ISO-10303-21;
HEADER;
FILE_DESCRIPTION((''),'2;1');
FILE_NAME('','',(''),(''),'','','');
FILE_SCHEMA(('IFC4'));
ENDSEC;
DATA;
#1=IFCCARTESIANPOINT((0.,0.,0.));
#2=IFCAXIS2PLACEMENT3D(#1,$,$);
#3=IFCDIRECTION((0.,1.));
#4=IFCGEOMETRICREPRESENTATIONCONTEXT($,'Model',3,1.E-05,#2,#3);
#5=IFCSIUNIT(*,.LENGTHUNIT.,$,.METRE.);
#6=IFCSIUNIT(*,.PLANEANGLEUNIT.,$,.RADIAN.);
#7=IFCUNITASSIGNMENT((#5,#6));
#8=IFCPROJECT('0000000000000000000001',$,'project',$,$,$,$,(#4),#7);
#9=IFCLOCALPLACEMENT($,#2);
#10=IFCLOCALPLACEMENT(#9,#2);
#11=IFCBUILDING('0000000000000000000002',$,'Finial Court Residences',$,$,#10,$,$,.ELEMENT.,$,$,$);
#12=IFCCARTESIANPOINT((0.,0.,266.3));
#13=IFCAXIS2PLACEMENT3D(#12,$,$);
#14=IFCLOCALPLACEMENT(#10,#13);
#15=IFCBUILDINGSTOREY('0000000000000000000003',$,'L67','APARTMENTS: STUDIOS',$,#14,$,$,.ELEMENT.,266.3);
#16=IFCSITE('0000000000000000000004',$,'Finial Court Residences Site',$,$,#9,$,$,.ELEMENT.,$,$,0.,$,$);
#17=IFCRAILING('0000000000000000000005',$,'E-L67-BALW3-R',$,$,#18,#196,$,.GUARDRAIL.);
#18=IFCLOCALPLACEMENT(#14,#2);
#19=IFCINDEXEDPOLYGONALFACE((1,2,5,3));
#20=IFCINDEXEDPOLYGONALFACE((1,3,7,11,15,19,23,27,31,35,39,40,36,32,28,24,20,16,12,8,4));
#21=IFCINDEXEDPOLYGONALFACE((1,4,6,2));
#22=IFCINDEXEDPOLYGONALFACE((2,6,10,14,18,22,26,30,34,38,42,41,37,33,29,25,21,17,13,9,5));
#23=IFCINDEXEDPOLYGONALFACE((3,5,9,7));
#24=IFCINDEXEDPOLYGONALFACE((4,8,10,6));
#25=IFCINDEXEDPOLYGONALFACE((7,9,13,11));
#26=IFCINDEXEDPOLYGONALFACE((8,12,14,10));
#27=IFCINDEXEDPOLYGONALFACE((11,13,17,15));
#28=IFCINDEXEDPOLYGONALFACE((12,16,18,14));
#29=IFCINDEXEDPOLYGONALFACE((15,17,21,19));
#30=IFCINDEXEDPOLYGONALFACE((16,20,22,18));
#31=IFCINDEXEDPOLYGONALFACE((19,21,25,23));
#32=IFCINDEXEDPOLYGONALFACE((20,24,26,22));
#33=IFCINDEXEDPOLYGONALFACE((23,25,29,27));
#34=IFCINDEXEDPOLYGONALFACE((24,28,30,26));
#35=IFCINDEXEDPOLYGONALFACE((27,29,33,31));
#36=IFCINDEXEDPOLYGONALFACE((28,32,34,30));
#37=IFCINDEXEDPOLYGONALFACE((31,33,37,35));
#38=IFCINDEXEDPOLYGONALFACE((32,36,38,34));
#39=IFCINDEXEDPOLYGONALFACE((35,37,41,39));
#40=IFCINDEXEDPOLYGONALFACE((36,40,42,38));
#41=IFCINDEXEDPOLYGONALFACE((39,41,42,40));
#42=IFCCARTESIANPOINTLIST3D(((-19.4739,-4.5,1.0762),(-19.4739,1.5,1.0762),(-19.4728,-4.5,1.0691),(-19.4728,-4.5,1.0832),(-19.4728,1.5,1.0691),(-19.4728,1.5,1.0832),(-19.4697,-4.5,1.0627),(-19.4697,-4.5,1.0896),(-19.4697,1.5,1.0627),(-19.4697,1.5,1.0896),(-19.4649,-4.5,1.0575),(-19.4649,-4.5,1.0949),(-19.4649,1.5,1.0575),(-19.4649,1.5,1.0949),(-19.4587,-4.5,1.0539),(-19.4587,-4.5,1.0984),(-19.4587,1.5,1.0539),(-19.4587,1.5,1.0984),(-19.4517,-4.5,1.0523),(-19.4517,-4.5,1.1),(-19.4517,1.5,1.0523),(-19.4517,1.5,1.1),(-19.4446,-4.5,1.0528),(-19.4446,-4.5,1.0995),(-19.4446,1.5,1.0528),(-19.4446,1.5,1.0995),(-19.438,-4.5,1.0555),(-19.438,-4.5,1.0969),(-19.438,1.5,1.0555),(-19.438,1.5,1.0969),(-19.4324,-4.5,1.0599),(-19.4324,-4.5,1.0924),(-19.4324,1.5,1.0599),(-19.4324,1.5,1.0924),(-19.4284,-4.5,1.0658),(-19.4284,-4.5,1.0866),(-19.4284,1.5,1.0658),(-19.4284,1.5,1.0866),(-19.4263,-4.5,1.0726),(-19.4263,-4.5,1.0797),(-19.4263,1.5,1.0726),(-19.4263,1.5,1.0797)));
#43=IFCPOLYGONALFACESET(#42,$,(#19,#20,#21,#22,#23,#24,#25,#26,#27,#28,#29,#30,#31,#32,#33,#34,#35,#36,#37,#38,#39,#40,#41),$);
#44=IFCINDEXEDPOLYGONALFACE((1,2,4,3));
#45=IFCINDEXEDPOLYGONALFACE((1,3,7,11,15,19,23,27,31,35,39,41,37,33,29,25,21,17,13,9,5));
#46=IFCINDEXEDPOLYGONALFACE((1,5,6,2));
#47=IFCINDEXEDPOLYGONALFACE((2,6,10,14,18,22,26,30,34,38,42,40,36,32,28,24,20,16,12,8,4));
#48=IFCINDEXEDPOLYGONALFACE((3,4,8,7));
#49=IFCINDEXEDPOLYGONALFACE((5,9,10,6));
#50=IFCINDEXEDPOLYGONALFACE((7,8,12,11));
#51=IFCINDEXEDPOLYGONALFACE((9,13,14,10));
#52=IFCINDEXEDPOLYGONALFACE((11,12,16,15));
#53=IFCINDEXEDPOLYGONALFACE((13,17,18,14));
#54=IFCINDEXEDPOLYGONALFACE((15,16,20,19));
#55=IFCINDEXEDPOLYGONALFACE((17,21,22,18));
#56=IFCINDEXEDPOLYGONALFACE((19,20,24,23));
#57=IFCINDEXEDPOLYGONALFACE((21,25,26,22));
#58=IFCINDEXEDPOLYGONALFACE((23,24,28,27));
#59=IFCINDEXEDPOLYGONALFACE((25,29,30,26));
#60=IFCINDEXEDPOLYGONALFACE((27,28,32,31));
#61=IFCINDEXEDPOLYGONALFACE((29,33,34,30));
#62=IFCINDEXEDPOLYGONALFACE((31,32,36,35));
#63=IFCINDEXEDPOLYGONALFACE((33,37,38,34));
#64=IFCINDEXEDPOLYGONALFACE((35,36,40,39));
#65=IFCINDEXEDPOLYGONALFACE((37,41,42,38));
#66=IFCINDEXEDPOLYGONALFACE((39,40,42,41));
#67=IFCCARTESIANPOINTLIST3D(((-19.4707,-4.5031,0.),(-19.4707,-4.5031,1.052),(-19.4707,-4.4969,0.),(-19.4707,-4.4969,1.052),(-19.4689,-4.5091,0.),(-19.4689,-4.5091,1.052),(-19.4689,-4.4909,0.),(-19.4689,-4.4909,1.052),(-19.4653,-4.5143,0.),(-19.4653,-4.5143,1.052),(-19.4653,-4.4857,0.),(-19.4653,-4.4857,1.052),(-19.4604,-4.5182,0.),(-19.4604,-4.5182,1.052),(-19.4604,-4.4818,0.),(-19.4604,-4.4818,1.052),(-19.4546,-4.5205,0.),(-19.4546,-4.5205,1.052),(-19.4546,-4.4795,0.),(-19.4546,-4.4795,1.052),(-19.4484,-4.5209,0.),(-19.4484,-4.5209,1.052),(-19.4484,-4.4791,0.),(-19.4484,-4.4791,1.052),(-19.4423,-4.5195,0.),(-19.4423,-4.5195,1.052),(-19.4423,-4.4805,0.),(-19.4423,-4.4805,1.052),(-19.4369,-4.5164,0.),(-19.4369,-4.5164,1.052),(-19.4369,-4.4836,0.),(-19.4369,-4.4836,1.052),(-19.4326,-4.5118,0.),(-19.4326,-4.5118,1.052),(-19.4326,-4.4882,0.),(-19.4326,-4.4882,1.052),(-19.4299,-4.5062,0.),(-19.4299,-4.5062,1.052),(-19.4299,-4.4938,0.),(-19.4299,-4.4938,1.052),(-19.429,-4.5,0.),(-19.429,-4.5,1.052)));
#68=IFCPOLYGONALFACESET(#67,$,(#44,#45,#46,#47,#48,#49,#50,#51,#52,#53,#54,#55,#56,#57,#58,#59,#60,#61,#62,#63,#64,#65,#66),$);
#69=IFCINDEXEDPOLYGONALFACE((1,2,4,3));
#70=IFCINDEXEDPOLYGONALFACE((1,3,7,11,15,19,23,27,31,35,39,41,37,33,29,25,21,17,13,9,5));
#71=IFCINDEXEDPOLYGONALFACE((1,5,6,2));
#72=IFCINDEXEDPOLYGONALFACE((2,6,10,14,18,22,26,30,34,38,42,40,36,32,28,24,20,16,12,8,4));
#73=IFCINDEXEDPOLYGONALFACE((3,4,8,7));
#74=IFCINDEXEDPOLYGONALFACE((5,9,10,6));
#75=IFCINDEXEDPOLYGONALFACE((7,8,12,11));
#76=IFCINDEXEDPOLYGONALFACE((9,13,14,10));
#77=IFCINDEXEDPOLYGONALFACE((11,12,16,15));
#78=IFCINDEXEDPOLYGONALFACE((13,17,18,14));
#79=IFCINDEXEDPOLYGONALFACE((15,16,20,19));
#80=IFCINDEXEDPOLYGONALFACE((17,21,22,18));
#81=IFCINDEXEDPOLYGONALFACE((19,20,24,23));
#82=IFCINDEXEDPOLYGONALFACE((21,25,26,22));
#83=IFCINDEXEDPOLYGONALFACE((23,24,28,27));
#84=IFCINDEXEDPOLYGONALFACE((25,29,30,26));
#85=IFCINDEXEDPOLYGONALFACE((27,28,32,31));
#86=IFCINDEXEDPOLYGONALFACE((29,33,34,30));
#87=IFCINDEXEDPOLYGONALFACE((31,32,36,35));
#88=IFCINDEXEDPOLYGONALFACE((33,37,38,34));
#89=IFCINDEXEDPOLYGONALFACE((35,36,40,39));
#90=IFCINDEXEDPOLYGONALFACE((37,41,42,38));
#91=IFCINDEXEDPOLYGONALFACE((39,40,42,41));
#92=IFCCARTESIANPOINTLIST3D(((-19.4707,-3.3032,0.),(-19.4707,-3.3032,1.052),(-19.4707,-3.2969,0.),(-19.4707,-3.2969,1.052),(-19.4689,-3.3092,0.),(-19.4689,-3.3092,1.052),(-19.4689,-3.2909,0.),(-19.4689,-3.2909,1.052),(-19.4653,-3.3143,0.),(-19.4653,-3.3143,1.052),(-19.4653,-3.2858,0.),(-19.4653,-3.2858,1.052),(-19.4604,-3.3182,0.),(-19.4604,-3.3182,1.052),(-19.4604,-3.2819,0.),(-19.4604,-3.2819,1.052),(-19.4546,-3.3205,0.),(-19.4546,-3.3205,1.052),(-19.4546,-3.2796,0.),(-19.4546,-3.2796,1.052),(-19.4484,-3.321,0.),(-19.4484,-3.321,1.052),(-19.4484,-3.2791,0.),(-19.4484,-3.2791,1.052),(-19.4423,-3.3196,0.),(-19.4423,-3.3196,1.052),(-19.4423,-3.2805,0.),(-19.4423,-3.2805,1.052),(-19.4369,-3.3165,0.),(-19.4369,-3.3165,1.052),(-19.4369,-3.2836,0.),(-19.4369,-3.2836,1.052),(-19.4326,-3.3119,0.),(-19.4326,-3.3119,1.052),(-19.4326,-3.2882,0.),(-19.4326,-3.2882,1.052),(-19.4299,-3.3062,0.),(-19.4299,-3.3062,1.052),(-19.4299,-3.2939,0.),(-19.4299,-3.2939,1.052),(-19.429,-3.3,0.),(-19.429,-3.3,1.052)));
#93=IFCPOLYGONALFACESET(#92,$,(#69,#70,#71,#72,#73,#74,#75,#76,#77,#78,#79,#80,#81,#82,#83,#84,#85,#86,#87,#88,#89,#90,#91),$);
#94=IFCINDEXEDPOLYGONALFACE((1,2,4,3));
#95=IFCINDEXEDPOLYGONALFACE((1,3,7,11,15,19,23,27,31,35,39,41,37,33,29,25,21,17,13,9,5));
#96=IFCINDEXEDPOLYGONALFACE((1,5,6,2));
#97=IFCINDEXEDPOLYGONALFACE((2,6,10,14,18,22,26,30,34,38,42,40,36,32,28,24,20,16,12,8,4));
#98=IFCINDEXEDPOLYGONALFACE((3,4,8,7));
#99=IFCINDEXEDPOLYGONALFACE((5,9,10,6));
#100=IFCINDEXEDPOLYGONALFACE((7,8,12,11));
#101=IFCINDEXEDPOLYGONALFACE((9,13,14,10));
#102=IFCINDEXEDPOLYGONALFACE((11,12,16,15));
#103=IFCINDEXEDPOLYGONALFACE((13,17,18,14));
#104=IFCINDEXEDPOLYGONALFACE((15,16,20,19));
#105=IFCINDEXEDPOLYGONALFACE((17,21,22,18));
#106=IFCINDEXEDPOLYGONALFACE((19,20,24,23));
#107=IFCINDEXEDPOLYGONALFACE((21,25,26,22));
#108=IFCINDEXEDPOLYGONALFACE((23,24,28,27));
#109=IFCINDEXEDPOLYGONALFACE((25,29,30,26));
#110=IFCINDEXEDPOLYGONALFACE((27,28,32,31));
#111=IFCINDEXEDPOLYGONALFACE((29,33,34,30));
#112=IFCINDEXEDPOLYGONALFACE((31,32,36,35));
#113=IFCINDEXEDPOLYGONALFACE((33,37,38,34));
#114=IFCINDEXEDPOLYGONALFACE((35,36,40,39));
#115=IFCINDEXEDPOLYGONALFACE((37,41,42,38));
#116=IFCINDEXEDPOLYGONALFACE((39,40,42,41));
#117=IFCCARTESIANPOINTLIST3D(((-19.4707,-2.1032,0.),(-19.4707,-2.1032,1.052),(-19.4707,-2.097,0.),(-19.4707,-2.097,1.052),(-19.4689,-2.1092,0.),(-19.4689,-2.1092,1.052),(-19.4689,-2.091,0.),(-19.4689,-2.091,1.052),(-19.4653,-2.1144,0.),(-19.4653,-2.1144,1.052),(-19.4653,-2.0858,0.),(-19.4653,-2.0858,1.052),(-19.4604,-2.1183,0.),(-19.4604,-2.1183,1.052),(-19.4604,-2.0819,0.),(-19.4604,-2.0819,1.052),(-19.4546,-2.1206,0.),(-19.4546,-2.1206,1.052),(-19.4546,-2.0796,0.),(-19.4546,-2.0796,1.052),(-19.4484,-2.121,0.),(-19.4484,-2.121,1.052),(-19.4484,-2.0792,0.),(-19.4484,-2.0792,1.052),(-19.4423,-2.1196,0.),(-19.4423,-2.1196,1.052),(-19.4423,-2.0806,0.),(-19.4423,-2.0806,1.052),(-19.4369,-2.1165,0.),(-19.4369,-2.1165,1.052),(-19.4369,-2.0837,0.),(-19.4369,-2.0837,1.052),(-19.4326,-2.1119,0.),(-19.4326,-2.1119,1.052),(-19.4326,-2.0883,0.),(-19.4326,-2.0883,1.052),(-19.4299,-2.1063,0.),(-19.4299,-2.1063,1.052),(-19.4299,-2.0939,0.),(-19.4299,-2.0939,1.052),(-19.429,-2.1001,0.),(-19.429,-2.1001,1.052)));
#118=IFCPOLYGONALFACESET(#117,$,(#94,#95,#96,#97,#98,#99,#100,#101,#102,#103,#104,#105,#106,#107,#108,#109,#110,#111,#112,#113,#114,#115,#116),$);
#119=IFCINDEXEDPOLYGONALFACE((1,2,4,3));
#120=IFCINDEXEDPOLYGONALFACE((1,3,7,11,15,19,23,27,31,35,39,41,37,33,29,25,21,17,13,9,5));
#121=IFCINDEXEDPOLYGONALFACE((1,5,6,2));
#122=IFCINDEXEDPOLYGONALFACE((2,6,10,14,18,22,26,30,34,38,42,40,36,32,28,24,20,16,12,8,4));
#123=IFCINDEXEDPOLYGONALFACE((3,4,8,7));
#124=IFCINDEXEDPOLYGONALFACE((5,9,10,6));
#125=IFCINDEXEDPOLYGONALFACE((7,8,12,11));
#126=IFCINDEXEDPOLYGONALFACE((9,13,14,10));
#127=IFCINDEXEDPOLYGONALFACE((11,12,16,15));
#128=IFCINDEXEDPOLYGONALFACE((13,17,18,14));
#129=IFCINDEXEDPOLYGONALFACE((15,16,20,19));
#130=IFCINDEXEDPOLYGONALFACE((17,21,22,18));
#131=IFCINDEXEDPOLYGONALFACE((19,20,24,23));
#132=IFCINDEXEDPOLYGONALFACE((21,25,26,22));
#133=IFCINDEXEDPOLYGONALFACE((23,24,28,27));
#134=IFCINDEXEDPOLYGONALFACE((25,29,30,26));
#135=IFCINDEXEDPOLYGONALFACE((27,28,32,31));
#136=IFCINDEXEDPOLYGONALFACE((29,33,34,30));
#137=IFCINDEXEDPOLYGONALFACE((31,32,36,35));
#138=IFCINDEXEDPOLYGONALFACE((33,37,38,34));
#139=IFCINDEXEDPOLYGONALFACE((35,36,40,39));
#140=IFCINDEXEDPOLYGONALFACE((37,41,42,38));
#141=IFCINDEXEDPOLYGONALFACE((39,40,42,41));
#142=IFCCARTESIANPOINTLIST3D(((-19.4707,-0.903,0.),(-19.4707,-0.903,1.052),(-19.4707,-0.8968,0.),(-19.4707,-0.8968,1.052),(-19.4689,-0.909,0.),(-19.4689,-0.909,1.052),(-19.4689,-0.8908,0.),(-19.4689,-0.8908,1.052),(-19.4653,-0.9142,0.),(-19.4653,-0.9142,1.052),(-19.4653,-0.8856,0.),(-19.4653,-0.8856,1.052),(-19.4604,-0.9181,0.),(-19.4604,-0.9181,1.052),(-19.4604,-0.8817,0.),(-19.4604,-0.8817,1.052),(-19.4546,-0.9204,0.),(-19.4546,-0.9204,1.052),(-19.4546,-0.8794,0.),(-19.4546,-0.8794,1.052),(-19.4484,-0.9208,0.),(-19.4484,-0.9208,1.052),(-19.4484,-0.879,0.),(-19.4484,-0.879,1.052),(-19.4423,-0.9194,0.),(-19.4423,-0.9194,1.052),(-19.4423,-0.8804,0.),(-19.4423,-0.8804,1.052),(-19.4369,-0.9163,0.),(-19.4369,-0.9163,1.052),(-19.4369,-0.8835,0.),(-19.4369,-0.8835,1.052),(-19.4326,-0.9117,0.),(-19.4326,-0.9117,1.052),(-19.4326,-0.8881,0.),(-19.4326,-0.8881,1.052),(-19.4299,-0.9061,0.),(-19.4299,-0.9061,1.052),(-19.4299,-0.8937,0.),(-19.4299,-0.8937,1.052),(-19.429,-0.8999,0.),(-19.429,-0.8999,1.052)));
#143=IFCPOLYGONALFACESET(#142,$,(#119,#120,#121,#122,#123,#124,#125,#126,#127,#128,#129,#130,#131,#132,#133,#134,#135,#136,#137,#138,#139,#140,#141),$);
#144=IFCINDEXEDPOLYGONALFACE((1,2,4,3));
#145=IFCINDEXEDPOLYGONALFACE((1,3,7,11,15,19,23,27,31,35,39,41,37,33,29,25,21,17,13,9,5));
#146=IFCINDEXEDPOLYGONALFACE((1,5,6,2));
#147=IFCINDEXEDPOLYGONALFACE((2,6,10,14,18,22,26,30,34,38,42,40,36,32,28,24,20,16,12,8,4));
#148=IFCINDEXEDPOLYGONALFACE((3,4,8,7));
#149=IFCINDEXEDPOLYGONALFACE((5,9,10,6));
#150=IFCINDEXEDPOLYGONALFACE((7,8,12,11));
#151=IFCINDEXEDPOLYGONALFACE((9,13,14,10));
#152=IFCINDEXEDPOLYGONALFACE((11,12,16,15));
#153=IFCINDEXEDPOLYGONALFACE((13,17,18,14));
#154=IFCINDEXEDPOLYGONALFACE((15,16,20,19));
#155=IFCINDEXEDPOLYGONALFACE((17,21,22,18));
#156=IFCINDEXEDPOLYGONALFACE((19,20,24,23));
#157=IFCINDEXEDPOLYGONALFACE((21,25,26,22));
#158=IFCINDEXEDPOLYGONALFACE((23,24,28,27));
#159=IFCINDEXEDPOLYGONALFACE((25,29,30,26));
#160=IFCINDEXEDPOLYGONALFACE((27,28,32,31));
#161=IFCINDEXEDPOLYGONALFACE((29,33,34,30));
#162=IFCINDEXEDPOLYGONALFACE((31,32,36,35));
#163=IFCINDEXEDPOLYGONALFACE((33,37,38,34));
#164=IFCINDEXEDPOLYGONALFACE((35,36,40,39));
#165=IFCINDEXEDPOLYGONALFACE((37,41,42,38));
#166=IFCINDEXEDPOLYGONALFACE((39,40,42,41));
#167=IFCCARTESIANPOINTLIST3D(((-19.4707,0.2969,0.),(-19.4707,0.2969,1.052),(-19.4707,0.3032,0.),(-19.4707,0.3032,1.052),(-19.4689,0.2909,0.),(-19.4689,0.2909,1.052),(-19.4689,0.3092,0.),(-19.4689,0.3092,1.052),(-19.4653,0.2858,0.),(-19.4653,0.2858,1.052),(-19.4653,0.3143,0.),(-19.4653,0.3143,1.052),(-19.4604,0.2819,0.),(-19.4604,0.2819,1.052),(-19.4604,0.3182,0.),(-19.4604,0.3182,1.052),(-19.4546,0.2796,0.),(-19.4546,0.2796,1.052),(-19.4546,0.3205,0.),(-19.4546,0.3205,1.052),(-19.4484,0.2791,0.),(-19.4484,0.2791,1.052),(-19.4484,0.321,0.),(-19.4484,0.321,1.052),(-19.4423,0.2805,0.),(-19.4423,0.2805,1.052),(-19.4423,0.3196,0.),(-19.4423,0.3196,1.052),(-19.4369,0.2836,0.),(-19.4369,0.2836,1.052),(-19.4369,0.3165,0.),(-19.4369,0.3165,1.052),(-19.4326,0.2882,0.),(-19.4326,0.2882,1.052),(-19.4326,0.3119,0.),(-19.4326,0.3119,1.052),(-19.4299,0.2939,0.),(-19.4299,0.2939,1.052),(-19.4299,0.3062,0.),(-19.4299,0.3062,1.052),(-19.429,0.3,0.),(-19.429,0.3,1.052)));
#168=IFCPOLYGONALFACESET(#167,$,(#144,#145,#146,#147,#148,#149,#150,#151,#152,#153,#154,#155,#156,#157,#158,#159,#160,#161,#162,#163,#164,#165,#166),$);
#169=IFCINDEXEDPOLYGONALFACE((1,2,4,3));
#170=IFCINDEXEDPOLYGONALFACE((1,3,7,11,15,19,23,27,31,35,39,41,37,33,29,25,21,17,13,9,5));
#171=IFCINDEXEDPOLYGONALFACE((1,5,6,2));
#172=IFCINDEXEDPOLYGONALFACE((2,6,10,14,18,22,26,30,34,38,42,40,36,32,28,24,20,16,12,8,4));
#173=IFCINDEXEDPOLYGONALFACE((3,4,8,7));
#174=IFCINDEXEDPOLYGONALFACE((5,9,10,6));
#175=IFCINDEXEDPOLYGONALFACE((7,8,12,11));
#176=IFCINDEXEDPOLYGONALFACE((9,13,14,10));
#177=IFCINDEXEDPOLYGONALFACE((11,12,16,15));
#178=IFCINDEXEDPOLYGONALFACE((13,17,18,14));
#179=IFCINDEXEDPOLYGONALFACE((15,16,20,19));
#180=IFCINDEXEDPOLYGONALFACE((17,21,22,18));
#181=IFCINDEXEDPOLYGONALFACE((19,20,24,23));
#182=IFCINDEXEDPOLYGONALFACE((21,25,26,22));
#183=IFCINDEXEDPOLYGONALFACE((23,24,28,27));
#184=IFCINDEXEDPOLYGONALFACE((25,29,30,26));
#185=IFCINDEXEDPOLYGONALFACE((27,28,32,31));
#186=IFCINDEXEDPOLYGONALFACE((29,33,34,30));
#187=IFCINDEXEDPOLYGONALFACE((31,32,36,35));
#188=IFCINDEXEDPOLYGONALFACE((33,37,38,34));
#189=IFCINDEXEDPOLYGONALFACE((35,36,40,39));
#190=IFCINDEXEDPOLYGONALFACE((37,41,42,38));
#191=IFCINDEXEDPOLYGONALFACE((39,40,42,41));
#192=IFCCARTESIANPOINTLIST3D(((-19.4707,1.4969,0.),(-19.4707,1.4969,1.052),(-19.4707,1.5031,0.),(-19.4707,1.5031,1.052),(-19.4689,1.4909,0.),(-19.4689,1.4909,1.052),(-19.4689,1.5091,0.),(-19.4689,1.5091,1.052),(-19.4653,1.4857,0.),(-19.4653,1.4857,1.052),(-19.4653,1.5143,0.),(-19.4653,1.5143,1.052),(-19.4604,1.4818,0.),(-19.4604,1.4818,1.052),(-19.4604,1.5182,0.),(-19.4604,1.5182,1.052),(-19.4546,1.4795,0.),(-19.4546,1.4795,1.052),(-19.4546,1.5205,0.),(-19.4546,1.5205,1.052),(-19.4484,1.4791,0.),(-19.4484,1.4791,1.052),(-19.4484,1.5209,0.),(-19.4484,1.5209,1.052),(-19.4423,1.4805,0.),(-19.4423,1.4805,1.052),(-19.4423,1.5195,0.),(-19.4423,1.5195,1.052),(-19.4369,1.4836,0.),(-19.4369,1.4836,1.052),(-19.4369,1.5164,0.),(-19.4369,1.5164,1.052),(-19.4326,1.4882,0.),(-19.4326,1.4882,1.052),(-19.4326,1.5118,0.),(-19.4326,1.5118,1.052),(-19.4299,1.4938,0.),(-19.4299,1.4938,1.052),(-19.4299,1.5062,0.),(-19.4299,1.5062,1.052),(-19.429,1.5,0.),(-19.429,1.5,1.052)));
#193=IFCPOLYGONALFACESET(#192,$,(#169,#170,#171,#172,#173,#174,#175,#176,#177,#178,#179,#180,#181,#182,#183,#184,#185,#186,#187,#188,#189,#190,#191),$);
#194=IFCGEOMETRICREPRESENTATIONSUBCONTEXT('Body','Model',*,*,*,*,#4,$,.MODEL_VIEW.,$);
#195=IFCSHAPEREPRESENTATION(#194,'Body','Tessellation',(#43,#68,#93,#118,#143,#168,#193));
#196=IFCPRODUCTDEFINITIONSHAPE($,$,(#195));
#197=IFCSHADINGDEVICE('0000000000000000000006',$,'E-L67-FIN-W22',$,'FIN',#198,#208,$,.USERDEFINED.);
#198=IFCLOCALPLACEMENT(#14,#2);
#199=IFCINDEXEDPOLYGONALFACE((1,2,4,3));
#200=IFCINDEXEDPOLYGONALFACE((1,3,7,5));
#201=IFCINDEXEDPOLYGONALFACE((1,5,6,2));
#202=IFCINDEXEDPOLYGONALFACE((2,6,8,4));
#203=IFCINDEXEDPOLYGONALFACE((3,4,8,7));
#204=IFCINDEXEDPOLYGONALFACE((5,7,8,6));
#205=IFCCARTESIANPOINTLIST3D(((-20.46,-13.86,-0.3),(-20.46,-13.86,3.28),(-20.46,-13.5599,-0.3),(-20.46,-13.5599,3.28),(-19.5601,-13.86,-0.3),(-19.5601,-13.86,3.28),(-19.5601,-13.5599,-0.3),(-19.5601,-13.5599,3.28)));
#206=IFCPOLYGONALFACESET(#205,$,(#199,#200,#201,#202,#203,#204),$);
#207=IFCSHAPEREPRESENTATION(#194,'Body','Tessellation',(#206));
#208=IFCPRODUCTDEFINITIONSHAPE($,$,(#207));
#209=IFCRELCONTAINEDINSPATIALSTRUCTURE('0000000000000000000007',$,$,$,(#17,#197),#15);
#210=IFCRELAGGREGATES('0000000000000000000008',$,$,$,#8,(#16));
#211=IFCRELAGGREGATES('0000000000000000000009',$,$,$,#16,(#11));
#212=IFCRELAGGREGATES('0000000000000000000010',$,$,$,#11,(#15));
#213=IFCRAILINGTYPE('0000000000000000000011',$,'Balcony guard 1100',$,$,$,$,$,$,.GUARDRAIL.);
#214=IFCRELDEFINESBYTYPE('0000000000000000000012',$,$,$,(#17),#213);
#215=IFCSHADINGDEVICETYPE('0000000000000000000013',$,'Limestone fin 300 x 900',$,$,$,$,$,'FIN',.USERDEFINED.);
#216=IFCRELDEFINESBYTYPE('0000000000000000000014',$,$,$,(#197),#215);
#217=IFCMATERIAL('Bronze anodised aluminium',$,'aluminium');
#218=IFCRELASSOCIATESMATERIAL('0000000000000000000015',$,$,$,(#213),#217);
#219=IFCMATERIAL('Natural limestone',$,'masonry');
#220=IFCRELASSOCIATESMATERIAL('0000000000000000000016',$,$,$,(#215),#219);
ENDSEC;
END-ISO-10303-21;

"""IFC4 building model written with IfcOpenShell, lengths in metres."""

from ifc_helpers import new_model, si_unit, direction, frame, origin, origin_2d, place, context, subcontext, project, spatial, rectangle, circle, extrude, material, type_object, element, save


model = new_model("IFC4")

# Units and contexts
model_context = context("Model", 3, precision=1e-05, world=origin(), true_north=direction((0.0, 1.0)))
body_context = subcontext(model_context, "Body", "Model", "MODEL_VIEW")
ifc_project = project(units=[si_unit("LENGTHUNIT", "METRE"), si_unit("PLANEANGLEUNIT", "RADIAN")], contexts=[model_context])

# Site, building, storey
site_placement = place(None, origin())
site = spatial("IfcSite", under=ifc_project, at=site_placement, Name="Finial Court Residences Site", CompositionType="ELEMENT", RefElevation=0.0)
building_placement = place(site_placement, origin())
building = spatial("IfcBuilding", under=site, at=building_placement, Name="Finial Court Residences", CompositionType="ELEMENT")
storey_placement = place(building_placement, frame((0.0, 0.0, 266.3)))
storey = spatial("IfcBuildingStorey", under=building, at=storey_placement, Name="L67", Description="APARTMENTS: STUDIOS", CompositionType="ELEMENT", Elevation=266.3)

# Shared definitions
ifc_material_1 = material(Name="Bronze anodised aluminium", Category="aluminium")

# Shared definitions
ifc_material_2 = material(Name="Natural limestone", Category="masonry")

# Railing
railing_type = type_object("IfcRailingType", Name="Balcony guard 1100", PredefinedType="GUARDRAIL", material=ifc_material_1)
railing_placement = place(storey_placement, frame((-19.45, -4.5, 0.0)))
element("IfcRailing", 1, at=railing_placement, inside=storey, type_object=railing_type, Name="E-L67-BALW3-R", PredefinedType="GUARDRAIL", context=body_context, shape_type="SweptSolid", body=[
    extrude(circle(Radius=0.0239, at=origin_2d()), frame((0.0, 0.0, 1.0762), z_axis=(0.0, 1.0, 0.0), x_axis=(-1.0, 0.0, 0.0)), (0.0, 0.0, 1.0), 6.0),
    extrude(circle(Radius=0.021, at=origin_2d()), origin(), (0.0, 0.0, 1.0), 1.052),
    extrude(circle(Radius=0.021, at=origin_2d()), frame((0.0, 1.2, 0.0)), (0.0, 0.0, 1.0), 1.052),
    extrude(circle(Radius=0.021, at=origin_2d()), frame((0.0, 2.3999, 0.0)), (0.0, 0.0, 1.0), 1.052),
    extrude(circle(Radius=0.021, at=origin_2d()), frame((0.0, 3.6001, 0.0)), (0.0, 0.0, 1.0), 1.052),
    extrude(circle(Radius=0.021, at=origin_2d()), frame((0.0, 4.8, 0.0)), (0.0, 0.0, 1.0), 1.052),
    extrude(circle(Radius=0.021, at=origin_2d()), frame((0.0, 6.0, 0.0)), (0.0, 0.0, 1.0), 1.052),
])

# Shading device
shading_device_type = type_object("IfcShadingDeviceType", Name="Limestone fin 300 x 900", ElementType="FIN", PredefinedType="USERDEFINED", material=ifc_material_2)
shading_device_placement = place(storey_placement, frame((-20.01, -13.71, -0.3), z_axis=(0.0, 0.0, 1.0), x_axis=(1.0, 0.0, 0.0)))
element("IfcShadingDevice", 2, at=shading_device_placement, inside=storey, type_object=shading_device_type, Name="E-L67-FIN-W22", ObjectType="FIN", PredefinedType="USERDEFINED", context=body_context, shape_type="SweptSolid", body=[
    extrude(rectangle(XDim=0.8999, YDim=0.3, at=origin_2d()), origin(), (0.0, 0.0, 1.0), 3.5801),
])

save(model, "model.ifc")
